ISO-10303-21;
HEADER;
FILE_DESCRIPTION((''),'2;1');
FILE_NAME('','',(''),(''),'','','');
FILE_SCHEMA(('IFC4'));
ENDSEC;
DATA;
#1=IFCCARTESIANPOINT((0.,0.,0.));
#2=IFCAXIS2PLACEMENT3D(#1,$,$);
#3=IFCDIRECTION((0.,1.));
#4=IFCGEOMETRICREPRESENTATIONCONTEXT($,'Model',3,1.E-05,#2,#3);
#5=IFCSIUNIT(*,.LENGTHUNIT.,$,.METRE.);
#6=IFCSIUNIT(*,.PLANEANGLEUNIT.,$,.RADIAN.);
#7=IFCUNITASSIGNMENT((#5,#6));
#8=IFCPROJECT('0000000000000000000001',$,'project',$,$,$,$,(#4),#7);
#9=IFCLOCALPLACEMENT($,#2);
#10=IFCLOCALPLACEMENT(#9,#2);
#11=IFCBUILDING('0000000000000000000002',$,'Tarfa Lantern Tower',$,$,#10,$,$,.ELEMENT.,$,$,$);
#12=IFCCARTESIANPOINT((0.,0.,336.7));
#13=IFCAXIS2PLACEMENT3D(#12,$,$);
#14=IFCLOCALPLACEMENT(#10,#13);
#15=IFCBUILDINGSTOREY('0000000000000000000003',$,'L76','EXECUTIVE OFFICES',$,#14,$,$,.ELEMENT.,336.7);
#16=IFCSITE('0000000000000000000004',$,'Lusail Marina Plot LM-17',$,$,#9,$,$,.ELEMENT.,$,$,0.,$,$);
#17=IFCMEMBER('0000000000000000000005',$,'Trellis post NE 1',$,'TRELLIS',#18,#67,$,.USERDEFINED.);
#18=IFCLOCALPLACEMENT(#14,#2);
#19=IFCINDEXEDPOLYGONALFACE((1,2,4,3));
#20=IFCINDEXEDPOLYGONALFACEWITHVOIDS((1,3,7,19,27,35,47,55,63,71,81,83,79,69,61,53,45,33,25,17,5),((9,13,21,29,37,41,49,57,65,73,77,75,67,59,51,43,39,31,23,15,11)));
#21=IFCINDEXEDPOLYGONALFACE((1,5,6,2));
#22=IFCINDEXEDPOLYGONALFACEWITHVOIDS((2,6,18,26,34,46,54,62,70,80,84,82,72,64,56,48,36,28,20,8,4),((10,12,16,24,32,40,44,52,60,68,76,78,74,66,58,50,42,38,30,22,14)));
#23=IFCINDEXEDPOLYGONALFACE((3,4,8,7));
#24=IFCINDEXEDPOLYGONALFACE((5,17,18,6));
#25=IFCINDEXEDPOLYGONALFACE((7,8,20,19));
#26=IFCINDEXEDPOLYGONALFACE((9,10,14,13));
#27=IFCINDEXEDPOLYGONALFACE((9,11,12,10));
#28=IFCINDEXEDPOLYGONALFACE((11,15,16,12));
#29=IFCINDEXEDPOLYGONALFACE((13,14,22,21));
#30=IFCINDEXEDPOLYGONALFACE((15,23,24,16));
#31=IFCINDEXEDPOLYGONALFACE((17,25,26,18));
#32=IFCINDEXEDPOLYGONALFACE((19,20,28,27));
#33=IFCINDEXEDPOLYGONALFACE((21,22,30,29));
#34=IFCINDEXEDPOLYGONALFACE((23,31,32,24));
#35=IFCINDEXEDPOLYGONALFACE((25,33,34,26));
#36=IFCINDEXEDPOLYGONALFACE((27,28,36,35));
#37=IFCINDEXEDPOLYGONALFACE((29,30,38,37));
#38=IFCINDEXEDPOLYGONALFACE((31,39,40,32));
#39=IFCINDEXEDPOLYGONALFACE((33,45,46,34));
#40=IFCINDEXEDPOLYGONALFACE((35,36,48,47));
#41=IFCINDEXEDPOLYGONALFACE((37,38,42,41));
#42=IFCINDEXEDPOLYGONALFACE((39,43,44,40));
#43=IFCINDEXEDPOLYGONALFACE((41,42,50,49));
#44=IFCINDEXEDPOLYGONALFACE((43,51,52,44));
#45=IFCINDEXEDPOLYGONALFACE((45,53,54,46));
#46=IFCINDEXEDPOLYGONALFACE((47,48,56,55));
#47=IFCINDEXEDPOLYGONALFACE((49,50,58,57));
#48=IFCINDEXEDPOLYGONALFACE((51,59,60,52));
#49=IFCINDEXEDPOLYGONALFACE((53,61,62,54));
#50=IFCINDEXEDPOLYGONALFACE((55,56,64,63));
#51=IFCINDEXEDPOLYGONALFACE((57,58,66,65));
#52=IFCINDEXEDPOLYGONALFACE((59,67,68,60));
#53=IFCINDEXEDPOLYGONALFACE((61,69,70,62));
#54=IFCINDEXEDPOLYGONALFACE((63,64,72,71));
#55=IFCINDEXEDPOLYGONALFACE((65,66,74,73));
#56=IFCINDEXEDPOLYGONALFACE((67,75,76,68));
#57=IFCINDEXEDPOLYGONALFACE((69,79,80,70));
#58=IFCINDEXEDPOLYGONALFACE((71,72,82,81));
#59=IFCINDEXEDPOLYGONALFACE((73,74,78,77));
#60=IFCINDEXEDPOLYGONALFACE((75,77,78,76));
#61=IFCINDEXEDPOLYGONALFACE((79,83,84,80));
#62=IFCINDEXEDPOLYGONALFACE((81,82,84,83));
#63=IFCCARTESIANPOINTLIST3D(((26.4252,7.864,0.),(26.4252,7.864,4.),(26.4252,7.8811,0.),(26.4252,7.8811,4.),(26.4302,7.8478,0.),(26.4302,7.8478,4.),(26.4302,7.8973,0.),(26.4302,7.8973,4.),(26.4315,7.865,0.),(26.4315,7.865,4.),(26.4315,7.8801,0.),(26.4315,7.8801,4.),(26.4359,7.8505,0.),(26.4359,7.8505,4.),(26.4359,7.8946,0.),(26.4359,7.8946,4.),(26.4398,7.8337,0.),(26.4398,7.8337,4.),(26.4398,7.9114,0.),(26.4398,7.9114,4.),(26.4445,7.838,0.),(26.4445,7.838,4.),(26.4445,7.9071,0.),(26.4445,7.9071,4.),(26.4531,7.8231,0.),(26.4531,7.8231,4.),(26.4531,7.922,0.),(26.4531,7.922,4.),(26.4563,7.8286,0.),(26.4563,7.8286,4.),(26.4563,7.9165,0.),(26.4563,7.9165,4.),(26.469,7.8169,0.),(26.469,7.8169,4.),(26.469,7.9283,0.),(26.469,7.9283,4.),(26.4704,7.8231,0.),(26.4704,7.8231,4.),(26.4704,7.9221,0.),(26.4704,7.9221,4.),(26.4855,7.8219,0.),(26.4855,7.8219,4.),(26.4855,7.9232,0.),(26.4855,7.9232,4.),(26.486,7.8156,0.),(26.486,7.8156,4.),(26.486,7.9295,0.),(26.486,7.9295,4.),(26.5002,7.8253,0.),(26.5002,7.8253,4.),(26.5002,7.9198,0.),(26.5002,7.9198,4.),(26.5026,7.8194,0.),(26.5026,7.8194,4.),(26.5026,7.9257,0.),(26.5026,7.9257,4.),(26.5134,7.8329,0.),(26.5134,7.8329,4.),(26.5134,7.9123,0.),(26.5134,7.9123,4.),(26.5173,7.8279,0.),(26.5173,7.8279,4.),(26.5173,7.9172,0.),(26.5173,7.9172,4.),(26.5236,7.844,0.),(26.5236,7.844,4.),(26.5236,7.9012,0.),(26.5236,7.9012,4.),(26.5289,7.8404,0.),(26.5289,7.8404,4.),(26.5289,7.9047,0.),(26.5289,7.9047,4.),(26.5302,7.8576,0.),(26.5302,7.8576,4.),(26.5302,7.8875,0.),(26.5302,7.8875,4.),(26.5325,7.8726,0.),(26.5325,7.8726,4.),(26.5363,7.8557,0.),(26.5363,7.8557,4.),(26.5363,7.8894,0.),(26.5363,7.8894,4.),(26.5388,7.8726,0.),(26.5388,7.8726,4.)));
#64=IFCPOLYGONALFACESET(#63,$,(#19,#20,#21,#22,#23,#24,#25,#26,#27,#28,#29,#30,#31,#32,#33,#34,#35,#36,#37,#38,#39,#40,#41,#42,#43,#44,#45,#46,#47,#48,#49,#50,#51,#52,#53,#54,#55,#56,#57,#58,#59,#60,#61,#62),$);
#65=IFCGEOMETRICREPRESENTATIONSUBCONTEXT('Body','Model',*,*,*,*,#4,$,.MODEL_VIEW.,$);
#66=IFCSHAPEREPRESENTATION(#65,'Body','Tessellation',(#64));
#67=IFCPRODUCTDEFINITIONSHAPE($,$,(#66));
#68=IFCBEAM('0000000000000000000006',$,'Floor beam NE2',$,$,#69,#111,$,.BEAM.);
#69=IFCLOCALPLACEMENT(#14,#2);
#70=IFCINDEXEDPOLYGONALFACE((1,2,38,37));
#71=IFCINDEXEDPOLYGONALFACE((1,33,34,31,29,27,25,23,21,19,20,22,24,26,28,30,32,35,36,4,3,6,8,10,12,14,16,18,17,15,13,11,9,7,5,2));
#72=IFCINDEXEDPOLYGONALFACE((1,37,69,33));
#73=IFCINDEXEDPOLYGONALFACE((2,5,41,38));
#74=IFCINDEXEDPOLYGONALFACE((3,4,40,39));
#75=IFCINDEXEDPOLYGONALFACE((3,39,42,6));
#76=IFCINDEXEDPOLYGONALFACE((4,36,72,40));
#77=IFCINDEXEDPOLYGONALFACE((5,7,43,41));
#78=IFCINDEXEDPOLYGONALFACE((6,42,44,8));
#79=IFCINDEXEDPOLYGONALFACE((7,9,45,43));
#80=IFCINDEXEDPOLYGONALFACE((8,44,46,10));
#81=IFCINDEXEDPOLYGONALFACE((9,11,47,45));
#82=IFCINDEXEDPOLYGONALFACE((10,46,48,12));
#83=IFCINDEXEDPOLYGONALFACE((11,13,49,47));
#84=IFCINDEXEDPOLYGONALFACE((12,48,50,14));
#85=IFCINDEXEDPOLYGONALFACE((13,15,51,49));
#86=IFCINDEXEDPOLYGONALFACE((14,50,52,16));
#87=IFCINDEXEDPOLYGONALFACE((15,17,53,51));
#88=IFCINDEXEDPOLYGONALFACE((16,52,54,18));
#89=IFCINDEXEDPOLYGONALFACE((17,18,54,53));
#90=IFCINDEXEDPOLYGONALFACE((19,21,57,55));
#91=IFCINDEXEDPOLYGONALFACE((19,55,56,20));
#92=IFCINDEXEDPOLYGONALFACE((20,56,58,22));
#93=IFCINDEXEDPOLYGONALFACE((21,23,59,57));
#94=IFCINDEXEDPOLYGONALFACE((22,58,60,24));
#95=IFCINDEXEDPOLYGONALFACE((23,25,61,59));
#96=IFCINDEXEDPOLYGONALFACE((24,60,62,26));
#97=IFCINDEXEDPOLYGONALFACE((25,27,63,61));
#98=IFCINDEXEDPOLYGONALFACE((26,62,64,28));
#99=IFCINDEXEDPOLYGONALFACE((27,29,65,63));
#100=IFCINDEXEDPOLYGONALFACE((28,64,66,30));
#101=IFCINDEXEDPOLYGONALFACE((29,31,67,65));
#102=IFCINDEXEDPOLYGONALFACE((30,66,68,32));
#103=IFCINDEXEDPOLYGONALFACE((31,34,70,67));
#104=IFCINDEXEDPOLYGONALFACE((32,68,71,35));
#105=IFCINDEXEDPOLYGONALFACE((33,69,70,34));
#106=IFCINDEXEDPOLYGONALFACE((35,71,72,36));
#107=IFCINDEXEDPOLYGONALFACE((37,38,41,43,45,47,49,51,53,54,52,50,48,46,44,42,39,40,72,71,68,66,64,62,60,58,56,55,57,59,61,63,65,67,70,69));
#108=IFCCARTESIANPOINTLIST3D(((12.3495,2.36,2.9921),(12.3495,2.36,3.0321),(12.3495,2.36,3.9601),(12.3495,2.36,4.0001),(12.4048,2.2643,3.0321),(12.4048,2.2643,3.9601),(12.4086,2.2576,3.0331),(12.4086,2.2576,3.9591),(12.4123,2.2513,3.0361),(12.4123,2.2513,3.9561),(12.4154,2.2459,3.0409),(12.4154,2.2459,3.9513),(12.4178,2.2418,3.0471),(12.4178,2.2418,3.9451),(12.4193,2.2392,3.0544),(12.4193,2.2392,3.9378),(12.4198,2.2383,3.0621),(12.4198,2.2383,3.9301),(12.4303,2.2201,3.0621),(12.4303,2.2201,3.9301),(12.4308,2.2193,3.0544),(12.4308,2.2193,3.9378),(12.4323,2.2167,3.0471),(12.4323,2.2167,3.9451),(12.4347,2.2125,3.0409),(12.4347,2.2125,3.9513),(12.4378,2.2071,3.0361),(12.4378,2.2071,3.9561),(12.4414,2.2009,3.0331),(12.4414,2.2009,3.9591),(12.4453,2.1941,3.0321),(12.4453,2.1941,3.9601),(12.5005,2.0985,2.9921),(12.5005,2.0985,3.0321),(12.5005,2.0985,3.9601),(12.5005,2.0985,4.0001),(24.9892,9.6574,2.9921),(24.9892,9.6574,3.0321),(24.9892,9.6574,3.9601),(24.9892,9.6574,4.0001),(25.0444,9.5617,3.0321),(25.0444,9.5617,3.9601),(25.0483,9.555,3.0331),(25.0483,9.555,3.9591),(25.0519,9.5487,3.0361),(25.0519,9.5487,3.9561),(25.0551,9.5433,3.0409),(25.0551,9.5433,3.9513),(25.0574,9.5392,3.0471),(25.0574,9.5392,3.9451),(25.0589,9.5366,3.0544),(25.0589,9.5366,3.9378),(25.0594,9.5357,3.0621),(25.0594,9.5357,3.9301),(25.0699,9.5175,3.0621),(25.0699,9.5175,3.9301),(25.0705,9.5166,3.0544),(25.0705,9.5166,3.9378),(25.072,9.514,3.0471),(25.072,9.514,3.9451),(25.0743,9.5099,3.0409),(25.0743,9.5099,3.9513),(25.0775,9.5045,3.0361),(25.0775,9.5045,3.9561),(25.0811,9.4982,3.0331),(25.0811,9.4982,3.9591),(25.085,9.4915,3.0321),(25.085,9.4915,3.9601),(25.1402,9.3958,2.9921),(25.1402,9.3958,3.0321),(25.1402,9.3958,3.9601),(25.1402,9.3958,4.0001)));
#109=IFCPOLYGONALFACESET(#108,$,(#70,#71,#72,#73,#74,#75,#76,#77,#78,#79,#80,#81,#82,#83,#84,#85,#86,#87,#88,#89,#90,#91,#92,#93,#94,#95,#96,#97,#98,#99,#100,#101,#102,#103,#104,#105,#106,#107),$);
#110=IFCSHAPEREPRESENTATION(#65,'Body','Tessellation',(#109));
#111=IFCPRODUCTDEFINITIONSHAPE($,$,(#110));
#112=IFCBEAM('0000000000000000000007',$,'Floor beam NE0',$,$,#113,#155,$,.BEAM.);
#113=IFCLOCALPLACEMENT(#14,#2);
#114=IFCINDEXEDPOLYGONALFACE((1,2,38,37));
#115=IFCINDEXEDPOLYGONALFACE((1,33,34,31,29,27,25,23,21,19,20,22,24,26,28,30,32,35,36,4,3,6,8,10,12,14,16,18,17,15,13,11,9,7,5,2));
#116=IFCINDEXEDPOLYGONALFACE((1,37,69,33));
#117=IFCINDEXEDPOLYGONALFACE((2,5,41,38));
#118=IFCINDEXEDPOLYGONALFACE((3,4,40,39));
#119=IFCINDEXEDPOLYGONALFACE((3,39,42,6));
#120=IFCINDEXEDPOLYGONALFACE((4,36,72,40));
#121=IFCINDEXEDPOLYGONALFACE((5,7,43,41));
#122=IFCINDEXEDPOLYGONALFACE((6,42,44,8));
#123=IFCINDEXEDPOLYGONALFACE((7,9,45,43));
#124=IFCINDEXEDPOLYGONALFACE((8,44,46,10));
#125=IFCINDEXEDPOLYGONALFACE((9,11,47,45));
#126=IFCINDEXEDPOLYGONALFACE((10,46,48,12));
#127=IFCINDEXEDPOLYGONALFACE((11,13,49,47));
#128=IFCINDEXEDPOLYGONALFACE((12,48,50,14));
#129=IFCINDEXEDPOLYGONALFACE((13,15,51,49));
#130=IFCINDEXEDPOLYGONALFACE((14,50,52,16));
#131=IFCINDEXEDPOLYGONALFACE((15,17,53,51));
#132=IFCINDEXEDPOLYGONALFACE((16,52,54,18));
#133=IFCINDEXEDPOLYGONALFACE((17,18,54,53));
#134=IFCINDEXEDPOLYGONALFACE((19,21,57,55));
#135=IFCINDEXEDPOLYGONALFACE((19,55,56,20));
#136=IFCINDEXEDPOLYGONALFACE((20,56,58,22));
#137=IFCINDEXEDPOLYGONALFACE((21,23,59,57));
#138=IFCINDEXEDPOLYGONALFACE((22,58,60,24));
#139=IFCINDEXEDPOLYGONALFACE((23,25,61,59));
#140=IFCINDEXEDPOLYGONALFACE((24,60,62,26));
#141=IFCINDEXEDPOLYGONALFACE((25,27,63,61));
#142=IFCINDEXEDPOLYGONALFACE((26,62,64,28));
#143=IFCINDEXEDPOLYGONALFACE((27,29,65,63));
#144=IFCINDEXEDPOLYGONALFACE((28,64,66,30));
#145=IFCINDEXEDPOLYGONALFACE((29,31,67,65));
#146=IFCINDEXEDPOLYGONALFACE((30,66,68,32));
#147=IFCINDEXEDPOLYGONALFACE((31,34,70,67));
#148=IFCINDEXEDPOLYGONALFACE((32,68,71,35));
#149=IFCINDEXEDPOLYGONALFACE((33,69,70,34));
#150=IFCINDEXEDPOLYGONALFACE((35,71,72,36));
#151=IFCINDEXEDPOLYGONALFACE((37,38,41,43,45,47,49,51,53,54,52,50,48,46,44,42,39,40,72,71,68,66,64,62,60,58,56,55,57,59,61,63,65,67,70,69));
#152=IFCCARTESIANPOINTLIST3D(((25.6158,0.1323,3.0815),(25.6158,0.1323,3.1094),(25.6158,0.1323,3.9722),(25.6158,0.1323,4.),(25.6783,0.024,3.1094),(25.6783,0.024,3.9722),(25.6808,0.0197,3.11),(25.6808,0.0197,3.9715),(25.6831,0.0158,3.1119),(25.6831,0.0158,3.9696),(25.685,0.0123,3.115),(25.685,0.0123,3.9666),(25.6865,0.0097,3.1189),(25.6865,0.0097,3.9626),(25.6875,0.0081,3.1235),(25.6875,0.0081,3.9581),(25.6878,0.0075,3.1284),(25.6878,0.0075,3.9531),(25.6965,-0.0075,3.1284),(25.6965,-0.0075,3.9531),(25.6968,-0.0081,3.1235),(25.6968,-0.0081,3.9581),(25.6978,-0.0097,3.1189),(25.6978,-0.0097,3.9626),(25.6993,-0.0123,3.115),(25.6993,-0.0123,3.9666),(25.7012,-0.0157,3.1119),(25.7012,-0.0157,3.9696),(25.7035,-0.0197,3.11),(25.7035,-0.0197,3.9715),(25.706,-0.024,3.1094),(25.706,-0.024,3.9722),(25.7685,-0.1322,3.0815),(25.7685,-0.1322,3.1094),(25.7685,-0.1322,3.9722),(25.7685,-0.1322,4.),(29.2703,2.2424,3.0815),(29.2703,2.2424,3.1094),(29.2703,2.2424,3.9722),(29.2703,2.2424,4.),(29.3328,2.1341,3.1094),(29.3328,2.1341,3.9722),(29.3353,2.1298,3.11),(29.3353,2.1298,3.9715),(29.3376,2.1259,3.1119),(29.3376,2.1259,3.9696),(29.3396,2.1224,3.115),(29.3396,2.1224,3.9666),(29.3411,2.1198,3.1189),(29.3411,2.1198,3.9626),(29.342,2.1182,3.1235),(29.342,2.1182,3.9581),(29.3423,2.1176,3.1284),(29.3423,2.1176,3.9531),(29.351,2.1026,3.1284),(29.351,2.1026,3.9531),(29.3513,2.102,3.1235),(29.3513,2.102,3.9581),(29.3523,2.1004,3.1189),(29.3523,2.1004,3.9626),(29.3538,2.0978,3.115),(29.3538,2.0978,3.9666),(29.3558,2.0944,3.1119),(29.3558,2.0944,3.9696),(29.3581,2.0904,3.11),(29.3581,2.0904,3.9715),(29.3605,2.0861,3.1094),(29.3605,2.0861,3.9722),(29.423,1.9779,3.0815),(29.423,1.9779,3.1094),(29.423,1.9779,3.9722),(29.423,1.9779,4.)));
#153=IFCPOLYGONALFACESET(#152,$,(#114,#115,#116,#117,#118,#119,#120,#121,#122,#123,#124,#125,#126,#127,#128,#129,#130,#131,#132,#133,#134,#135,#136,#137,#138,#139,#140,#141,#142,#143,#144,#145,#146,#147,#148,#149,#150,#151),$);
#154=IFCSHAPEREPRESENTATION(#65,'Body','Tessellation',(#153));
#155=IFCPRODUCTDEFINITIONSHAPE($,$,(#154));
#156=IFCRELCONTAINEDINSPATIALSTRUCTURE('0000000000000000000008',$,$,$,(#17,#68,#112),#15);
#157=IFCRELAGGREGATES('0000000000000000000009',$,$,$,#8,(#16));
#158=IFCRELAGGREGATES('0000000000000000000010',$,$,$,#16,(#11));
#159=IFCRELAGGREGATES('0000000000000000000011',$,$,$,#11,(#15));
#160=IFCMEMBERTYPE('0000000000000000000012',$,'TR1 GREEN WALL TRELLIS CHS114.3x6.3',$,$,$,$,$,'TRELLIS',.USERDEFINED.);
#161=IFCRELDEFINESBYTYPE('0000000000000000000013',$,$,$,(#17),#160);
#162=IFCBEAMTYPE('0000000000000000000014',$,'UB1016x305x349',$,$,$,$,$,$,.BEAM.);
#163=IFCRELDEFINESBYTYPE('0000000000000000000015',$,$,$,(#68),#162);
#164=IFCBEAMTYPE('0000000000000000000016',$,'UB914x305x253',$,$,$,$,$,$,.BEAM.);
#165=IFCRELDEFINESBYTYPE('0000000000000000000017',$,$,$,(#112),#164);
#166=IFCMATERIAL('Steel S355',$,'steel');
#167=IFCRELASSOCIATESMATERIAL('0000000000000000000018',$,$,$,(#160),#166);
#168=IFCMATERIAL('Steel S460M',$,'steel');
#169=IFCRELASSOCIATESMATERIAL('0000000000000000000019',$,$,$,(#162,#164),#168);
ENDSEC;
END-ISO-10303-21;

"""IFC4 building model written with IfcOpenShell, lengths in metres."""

from ifc_helpers import new_model, si_unit, direction, frame, origin, origin_2d, place, context, subcontext, project, spatial, hollow_circle, i_section, extrude, material, material_profile, profile_set, type_object, element, save


model = new_model("IFC4")

# Units and contexts
model_context = context("Model", 3, precision=1e-05, world=origin(), true_north=direction((0.0, 1.0)))
body_context = subcontext(model_context, "Body", "Model", "MODEL_VIEW")
ifc_project = project(units=[si_unit("LENGTHUNIT", "METRE"), si_unit("PLANEANGLEUNIT", "RADIAN")], contexts=[model_context])

# Site, building, storey
site_placement = place(None, origin())
site = spatial("IfcSite", under=ifc_project, at=site_placement, Name="Lusail Marina Plot LM-17", CompositionType="ELEMENT", RefElevation=0.0)
building_placement = place(site_placement, origin())
building = spatial("IfcBuilding", under=site, at=building_placement, Name="Tarfa Lantern Tower", CompositionType="ELEMENT")
storey_placement = place(building_placement, frame((0.0, 0.0, 336.7)))
storey = spatial("IfcBuildingStorey", under=building, at=storey_placement, Name="L76", Description="EXECUTIVE OFFICES", CompositionType="ELEMENT", Elevation=336.7)

# Member
ifc_material_1 = material(Name="Steel S355", Category="steel")
ifc_material_profile_1 = material_profile(ifc_material_1, hollow_circle(Radius=0.0571, WallThickness=0.0063, at=origin_2d()), Name="CHS114.3x6.3")
ifc_profile_set_1 = profile_set([ifc_material_profile_1], Name="Steel S355")
member_type_1 = type_object("IfcMemberType", Name="TR1 GREEN WALL TRELLIS CHS114.3x6.3", ElementType="TRELLIS", PredefinedType="USERDEFINED", material=ifc_profile_set_1)
member_1_placement = place(storey_placement, frame((26.4817, 7.8726, 0.0), z_axis=(0.0, 0.0, 1.0), x_axis=(1.0, 0.0, 0.0)))
element("IfcMember", 1, at=member_1_placement, inside=storey, type_object=member_type_1, Name="Trellis post NE 1", ObjectType="TRELLIS", PredefinedType="USERDEFINED", context=body_context, shape_type="SweptSolid", body=[
    extrude(hollow_circle(Radius=0.0571, WallThickness=0.0063, at=origin_2d()), origin(), (0.0, 0.0, 1.0), 4.0),
])

# Beams
ifc_material_2 = material(Name="Steel S460M", Category="steel")
ifc_material_profile_2 = material_profile(ifc_material_2, i_section(OverallWidth=0.302, OverallDepth=1.0081, WebThickness=0.021, FlangeThickness=0.04, FilletRadius=0.03, at=origin_2d()), Name="UB1016x305x349")
ifc_profile_set_2 = profile_set([ifc_material_profile_2], Name="Steel S460M")
beam_type_1 = type_object("IfcBeamType", Name="UB1016x305x349", PredefinedType="BEAM", material=ifc_profile_set_2)
beam_1_placement = place(storey_placement, frame((25.0647, 9.5266, 3.4961), z_axis=(-0.86603, -0.499993, 0.0), x_axis=(0.499993, -0.86603, 0.0)))
element("IfcBeam", 2, at=beam_1_placement, inside=storey, type_object=beam_type_1, Name="Floor beam NE2", PredefinedType="BEAM", context=body_context, shape_type="SweptSolid", body=[
    extrude(i_section(OverallWidth=0.302, OverallDepth=1.0081, WebThickness=0.021, FlangeThickness=0.04, FilletRadius=0.03, at=origin_2d()), origin(), (0.0, 0.0, 1.0), 14.595),
])
ifc_material_profile_3 = material_profile(ifc_material_2, i_section(OverallWidth=0.3054, OverallDepth=0.9185, WebThickness=0.0173, FlangeThickness=0.0278, FilletRadius=0.019, at=origin_2d()), Name="UB914x305x253")
ifc_profile_set_3 = profile_set([ifc_material_profile_3], Name="Steel S460M")
beam_type_2 = type_object("IfcBeamType", Name="UB914x305x253", PredefinedType="BEAM", material=ifc_profile_set_3)
beam_2_placement = place(storey_placement, frame((29.3467, 2.1101, 3.5408), z_axis=(-0.866009, -0.500028, 0.0), x_axis=(0.500028, -0.866009, 0.0)))
element("IfcBeam", 3, at=beam_2_placement, inside=storey, type_object=beam_type_2, Name="Floor beam NE0", PredefinedType="BEAM", context=body_context, shape_type="SweptSolid", body=[
    extrude(i_section(OverallWidth=0.3054, OverallDepth=0.9185, WebThickness=0.0173, FlangeThickness=0.0278, FilletRadius=0.019, at=origin_2d()), origin(), (0.0, 0.0, 1.0), 4.22),
])

save(model, "model.ifc")
